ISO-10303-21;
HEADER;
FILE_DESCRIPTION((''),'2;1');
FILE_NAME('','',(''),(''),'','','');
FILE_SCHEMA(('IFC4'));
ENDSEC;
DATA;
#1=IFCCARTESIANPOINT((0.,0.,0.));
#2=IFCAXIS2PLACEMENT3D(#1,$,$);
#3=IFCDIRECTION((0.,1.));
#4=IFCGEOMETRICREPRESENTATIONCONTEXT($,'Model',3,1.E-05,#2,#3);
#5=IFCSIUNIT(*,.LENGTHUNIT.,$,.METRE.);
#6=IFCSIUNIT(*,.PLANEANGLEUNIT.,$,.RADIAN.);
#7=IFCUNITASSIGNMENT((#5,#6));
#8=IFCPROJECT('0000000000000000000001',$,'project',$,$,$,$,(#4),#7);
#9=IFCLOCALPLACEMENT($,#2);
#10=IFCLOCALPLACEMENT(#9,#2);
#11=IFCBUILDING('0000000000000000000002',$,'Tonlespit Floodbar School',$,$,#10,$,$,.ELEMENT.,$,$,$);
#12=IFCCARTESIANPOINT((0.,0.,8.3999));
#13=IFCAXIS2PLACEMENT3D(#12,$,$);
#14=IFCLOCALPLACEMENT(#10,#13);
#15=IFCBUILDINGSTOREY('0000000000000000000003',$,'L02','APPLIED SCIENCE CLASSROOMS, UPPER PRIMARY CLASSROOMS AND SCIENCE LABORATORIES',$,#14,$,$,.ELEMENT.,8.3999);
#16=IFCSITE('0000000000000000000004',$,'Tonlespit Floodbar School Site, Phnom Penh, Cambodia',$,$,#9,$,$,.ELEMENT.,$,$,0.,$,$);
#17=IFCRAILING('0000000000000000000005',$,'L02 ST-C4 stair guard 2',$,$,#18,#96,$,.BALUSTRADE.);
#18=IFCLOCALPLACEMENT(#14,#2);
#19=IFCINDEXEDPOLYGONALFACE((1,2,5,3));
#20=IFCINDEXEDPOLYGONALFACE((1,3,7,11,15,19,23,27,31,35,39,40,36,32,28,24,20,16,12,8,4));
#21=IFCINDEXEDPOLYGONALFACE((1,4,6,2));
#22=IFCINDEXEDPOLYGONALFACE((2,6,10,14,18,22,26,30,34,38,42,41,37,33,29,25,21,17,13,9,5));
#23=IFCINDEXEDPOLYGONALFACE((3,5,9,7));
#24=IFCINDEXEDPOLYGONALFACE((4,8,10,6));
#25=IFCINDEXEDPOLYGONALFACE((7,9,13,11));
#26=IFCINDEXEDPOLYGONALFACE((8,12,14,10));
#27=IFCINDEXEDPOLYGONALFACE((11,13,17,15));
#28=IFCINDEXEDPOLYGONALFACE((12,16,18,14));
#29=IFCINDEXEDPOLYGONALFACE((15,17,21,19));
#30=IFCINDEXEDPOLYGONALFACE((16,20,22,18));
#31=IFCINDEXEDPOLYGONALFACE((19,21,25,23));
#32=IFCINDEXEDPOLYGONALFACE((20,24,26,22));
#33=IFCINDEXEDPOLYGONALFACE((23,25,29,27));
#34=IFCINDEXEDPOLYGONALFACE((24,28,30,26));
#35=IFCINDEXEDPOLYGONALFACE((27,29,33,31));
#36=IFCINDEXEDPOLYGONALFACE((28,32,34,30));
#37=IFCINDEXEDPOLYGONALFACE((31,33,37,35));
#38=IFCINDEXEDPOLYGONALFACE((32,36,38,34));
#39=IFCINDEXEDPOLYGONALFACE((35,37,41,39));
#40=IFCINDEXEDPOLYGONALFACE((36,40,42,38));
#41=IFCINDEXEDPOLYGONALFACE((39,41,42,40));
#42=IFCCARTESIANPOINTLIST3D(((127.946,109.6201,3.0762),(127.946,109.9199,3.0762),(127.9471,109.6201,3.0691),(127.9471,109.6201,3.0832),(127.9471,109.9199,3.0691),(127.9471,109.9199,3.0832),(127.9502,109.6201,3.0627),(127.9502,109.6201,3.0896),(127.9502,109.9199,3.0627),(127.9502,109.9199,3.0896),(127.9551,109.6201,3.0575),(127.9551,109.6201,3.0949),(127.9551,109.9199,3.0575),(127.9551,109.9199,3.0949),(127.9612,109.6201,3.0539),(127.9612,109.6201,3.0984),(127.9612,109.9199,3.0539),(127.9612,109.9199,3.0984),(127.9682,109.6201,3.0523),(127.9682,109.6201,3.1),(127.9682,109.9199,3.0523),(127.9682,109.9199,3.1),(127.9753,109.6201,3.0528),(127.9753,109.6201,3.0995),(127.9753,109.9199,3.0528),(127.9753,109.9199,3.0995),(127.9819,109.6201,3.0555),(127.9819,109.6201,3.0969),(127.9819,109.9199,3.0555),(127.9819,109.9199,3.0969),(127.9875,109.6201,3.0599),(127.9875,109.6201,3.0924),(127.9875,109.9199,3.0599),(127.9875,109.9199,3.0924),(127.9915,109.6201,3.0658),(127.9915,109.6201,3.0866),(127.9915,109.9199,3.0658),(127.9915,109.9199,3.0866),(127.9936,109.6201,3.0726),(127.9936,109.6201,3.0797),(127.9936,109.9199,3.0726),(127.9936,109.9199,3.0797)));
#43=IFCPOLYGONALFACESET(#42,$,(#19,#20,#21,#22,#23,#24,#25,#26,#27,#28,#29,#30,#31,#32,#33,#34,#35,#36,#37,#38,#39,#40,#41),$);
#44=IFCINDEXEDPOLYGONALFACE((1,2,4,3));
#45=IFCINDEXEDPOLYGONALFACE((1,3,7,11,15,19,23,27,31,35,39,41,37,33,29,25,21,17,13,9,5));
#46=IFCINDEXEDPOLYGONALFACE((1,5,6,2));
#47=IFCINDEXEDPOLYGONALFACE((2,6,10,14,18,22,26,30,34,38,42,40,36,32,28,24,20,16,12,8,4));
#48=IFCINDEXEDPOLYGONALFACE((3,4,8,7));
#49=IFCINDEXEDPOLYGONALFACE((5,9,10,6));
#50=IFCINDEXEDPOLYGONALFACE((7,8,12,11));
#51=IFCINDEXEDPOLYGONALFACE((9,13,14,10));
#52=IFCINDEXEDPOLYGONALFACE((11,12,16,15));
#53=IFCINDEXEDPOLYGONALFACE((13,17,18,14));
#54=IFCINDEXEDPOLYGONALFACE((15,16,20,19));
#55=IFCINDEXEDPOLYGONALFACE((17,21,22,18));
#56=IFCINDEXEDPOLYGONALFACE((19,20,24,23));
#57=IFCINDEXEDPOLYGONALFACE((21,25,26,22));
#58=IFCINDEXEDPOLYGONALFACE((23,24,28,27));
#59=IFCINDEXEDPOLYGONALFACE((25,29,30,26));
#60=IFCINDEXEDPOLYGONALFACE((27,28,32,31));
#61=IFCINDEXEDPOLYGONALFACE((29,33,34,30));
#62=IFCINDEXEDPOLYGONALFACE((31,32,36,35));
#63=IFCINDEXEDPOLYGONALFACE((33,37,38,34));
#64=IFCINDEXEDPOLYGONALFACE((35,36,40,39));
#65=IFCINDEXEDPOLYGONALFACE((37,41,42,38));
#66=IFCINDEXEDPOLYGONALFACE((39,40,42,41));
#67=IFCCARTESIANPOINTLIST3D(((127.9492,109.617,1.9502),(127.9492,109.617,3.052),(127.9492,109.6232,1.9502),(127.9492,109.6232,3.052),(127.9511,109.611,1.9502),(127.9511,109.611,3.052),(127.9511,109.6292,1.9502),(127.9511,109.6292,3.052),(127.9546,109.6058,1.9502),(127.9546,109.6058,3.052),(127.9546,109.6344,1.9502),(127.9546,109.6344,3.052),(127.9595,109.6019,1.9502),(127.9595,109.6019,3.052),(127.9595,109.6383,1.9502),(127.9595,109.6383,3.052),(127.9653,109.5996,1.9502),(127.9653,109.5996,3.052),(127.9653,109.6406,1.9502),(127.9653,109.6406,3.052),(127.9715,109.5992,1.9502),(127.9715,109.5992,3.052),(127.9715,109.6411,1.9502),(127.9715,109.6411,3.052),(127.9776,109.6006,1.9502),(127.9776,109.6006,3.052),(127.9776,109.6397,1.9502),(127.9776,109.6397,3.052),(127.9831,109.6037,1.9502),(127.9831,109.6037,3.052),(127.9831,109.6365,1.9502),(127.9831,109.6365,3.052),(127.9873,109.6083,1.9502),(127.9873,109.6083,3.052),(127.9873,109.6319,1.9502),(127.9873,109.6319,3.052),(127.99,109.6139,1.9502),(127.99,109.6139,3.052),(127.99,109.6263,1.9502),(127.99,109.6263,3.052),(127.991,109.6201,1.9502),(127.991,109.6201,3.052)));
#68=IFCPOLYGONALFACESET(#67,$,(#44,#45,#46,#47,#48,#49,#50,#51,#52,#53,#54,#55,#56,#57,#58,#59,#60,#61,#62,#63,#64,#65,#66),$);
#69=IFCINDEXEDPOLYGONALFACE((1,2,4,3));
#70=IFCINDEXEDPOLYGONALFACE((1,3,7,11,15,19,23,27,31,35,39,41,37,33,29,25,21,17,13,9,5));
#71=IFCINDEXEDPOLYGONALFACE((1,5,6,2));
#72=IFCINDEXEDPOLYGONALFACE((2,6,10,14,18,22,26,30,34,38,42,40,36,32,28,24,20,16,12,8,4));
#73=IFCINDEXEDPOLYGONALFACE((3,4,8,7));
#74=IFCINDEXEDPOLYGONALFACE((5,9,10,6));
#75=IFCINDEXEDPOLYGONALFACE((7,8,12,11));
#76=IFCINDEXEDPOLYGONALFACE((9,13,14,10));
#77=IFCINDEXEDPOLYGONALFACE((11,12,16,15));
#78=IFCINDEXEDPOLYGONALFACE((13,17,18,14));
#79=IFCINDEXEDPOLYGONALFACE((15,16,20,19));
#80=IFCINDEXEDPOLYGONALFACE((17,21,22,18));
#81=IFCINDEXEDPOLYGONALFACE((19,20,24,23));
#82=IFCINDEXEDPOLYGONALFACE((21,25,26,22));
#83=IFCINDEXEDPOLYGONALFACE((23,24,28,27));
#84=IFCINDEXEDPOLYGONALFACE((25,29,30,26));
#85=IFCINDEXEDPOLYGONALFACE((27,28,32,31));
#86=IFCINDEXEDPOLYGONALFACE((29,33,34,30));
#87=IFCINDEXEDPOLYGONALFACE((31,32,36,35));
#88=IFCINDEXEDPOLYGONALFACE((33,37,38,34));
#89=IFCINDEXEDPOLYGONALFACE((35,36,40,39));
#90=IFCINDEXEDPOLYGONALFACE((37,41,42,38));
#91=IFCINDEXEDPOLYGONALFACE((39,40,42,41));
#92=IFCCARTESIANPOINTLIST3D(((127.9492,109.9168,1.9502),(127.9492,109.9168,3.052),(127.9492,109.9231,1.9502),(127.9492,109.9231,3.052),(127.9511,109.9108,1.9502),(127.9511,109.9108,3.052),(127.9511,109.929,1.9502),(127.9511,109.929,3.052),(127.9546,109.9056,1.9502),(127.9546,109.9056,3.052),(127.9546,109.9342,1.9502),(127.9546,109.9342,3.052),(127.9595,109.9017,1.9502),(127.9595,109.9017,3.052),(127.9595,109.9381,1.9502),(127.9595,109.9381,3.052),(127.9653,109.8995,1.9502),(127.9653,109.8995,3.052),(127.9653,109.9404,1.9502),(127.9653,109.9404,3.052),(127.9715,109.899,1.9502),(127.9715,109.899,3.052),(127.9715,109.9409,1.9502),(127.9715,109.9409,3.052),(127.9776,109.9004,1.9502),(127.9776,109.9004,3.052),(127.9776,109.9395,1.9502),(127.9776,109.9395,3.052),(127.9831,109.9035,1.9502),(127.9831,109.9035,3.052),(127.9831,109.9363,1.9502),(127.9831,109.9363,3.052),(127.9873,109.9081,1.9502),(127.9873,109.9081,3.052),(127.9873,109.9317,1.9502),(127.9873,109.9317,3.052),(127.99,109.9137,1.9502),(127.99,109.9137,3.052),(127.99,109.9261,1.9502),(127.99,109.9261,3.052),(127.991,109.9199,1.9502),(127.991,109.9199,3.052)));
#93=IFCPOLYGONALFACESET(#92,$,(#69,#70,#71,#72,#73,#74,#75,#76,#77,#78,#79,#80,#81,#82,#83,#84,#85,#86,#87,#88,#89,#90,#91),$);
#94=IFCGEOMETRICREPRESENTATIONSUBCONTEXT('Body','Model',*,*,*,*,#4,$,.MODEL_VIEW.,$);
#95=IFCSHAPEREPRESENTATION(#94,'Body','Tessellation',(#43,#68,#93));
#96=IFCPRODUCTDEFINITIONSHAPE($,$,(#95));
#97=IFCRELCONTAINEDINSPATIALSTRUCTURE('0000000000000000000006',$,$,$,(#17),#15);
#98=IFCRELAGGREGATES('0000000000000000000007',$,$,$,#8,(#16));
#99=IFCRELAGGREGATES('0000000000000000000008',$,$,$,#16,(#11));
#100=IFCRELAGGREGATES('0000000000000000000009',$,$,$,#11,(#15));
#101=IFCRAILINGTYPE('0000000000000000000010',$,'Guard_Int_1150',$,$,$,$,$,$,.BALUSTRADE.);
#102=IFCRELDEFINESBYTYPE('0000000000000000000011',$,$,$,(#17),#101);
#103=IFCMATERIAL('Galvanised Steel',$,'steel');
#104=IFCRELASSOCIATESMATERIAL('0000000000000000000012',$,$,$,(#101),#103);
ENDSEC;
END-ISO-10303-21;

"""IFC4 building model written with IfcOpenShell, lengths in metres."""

from ifc_helpers import new_model, si_unit, direction, frame, origin, origin_2d, place, context, subcontext, project, spatial, circle, extrude, material, type_object, element, save


model = new_model("IFC4")

# Units and contexts
model_context = context("Model", 3, precision=1e-05, world=origin(), true_north=direction((0.0, 1.0)))
body_context = subcontext(model_context, "Body", "Model", "MODEL_VIEW")
ifc_project = project(units=[si_unit("LENGTHUNIT", "METRE"), si_unit("PLANEANGLEUNIT", "RADIAN")], contexts=[model_context])

# Site, building, storey
site_placement = place(None, origin())
site = spatial("IfcSite", under=ifc_project, at=site_placement, Name="Tonlespit Floodbar School Site, Phnom Penh, Cambodia", CompositionType="ELEMENT", RefElevation=0.0)
building_placement = place(site_placement, origin())
building = spatial("IfcBuilding", under=site, at=building_placement, Name="Tonlespit Floodbar School", CompositionType="ELEMENT")
storey_placement = place(building_placement, frame((0.0, 0.0, 8.3999)))
storey = spatial("IfcBuildingStorey", under=building, at=storey_placement, Name="L02", Description="APPLIED SCIENCE CLASSROOMS, UPPER PRIMARY CLASSROOMS AND SCIENCE LABORATORIES", CompositionType="ELEMENT", Elevation=8.3999)

# Railing
ifc_material_1 = material(Name="Galvanised Steel", Category="steel")
railing_type_1 = type_object("IfcRailingType", Name="Guard_Int_1150", PredefinedType="BALUSTRADE", material=ifc_material_1)
railing_1_placement = place(storey_placement, frame((127.97, 109.6201, 1.9502)))
element("IfcRailing", 1, at=railing_1_placement, inside=storey, type_object=railing_type_1, Name="L02 ST-C4 stair guard 2", PredefinedType="BALUSTRADE", context=body_context, shape_type="SweptSolid", body=[
    extrude(circle(Radius=0.0239, at=origin_2d()), frame((0.0, 0.0, 1.126), z_axis=(0.0, 1.0, 0.0), x_axis=(-1.0, 0.0, 0.0)), (0.0, 0.0, 1.0), 0.2998),
    extrude(circle(Radius=0.021, at=origin_2d()), origin(), (0.0, 0.0, 1.0), 1.1018),
    extrude(circle(Radius=0.021, at=origin_2d()), frame((0.0, 0.2998, 0.0)), (0.0, 0.0, 1.0), 1.1018),
])

save(model, "model.ifc")
